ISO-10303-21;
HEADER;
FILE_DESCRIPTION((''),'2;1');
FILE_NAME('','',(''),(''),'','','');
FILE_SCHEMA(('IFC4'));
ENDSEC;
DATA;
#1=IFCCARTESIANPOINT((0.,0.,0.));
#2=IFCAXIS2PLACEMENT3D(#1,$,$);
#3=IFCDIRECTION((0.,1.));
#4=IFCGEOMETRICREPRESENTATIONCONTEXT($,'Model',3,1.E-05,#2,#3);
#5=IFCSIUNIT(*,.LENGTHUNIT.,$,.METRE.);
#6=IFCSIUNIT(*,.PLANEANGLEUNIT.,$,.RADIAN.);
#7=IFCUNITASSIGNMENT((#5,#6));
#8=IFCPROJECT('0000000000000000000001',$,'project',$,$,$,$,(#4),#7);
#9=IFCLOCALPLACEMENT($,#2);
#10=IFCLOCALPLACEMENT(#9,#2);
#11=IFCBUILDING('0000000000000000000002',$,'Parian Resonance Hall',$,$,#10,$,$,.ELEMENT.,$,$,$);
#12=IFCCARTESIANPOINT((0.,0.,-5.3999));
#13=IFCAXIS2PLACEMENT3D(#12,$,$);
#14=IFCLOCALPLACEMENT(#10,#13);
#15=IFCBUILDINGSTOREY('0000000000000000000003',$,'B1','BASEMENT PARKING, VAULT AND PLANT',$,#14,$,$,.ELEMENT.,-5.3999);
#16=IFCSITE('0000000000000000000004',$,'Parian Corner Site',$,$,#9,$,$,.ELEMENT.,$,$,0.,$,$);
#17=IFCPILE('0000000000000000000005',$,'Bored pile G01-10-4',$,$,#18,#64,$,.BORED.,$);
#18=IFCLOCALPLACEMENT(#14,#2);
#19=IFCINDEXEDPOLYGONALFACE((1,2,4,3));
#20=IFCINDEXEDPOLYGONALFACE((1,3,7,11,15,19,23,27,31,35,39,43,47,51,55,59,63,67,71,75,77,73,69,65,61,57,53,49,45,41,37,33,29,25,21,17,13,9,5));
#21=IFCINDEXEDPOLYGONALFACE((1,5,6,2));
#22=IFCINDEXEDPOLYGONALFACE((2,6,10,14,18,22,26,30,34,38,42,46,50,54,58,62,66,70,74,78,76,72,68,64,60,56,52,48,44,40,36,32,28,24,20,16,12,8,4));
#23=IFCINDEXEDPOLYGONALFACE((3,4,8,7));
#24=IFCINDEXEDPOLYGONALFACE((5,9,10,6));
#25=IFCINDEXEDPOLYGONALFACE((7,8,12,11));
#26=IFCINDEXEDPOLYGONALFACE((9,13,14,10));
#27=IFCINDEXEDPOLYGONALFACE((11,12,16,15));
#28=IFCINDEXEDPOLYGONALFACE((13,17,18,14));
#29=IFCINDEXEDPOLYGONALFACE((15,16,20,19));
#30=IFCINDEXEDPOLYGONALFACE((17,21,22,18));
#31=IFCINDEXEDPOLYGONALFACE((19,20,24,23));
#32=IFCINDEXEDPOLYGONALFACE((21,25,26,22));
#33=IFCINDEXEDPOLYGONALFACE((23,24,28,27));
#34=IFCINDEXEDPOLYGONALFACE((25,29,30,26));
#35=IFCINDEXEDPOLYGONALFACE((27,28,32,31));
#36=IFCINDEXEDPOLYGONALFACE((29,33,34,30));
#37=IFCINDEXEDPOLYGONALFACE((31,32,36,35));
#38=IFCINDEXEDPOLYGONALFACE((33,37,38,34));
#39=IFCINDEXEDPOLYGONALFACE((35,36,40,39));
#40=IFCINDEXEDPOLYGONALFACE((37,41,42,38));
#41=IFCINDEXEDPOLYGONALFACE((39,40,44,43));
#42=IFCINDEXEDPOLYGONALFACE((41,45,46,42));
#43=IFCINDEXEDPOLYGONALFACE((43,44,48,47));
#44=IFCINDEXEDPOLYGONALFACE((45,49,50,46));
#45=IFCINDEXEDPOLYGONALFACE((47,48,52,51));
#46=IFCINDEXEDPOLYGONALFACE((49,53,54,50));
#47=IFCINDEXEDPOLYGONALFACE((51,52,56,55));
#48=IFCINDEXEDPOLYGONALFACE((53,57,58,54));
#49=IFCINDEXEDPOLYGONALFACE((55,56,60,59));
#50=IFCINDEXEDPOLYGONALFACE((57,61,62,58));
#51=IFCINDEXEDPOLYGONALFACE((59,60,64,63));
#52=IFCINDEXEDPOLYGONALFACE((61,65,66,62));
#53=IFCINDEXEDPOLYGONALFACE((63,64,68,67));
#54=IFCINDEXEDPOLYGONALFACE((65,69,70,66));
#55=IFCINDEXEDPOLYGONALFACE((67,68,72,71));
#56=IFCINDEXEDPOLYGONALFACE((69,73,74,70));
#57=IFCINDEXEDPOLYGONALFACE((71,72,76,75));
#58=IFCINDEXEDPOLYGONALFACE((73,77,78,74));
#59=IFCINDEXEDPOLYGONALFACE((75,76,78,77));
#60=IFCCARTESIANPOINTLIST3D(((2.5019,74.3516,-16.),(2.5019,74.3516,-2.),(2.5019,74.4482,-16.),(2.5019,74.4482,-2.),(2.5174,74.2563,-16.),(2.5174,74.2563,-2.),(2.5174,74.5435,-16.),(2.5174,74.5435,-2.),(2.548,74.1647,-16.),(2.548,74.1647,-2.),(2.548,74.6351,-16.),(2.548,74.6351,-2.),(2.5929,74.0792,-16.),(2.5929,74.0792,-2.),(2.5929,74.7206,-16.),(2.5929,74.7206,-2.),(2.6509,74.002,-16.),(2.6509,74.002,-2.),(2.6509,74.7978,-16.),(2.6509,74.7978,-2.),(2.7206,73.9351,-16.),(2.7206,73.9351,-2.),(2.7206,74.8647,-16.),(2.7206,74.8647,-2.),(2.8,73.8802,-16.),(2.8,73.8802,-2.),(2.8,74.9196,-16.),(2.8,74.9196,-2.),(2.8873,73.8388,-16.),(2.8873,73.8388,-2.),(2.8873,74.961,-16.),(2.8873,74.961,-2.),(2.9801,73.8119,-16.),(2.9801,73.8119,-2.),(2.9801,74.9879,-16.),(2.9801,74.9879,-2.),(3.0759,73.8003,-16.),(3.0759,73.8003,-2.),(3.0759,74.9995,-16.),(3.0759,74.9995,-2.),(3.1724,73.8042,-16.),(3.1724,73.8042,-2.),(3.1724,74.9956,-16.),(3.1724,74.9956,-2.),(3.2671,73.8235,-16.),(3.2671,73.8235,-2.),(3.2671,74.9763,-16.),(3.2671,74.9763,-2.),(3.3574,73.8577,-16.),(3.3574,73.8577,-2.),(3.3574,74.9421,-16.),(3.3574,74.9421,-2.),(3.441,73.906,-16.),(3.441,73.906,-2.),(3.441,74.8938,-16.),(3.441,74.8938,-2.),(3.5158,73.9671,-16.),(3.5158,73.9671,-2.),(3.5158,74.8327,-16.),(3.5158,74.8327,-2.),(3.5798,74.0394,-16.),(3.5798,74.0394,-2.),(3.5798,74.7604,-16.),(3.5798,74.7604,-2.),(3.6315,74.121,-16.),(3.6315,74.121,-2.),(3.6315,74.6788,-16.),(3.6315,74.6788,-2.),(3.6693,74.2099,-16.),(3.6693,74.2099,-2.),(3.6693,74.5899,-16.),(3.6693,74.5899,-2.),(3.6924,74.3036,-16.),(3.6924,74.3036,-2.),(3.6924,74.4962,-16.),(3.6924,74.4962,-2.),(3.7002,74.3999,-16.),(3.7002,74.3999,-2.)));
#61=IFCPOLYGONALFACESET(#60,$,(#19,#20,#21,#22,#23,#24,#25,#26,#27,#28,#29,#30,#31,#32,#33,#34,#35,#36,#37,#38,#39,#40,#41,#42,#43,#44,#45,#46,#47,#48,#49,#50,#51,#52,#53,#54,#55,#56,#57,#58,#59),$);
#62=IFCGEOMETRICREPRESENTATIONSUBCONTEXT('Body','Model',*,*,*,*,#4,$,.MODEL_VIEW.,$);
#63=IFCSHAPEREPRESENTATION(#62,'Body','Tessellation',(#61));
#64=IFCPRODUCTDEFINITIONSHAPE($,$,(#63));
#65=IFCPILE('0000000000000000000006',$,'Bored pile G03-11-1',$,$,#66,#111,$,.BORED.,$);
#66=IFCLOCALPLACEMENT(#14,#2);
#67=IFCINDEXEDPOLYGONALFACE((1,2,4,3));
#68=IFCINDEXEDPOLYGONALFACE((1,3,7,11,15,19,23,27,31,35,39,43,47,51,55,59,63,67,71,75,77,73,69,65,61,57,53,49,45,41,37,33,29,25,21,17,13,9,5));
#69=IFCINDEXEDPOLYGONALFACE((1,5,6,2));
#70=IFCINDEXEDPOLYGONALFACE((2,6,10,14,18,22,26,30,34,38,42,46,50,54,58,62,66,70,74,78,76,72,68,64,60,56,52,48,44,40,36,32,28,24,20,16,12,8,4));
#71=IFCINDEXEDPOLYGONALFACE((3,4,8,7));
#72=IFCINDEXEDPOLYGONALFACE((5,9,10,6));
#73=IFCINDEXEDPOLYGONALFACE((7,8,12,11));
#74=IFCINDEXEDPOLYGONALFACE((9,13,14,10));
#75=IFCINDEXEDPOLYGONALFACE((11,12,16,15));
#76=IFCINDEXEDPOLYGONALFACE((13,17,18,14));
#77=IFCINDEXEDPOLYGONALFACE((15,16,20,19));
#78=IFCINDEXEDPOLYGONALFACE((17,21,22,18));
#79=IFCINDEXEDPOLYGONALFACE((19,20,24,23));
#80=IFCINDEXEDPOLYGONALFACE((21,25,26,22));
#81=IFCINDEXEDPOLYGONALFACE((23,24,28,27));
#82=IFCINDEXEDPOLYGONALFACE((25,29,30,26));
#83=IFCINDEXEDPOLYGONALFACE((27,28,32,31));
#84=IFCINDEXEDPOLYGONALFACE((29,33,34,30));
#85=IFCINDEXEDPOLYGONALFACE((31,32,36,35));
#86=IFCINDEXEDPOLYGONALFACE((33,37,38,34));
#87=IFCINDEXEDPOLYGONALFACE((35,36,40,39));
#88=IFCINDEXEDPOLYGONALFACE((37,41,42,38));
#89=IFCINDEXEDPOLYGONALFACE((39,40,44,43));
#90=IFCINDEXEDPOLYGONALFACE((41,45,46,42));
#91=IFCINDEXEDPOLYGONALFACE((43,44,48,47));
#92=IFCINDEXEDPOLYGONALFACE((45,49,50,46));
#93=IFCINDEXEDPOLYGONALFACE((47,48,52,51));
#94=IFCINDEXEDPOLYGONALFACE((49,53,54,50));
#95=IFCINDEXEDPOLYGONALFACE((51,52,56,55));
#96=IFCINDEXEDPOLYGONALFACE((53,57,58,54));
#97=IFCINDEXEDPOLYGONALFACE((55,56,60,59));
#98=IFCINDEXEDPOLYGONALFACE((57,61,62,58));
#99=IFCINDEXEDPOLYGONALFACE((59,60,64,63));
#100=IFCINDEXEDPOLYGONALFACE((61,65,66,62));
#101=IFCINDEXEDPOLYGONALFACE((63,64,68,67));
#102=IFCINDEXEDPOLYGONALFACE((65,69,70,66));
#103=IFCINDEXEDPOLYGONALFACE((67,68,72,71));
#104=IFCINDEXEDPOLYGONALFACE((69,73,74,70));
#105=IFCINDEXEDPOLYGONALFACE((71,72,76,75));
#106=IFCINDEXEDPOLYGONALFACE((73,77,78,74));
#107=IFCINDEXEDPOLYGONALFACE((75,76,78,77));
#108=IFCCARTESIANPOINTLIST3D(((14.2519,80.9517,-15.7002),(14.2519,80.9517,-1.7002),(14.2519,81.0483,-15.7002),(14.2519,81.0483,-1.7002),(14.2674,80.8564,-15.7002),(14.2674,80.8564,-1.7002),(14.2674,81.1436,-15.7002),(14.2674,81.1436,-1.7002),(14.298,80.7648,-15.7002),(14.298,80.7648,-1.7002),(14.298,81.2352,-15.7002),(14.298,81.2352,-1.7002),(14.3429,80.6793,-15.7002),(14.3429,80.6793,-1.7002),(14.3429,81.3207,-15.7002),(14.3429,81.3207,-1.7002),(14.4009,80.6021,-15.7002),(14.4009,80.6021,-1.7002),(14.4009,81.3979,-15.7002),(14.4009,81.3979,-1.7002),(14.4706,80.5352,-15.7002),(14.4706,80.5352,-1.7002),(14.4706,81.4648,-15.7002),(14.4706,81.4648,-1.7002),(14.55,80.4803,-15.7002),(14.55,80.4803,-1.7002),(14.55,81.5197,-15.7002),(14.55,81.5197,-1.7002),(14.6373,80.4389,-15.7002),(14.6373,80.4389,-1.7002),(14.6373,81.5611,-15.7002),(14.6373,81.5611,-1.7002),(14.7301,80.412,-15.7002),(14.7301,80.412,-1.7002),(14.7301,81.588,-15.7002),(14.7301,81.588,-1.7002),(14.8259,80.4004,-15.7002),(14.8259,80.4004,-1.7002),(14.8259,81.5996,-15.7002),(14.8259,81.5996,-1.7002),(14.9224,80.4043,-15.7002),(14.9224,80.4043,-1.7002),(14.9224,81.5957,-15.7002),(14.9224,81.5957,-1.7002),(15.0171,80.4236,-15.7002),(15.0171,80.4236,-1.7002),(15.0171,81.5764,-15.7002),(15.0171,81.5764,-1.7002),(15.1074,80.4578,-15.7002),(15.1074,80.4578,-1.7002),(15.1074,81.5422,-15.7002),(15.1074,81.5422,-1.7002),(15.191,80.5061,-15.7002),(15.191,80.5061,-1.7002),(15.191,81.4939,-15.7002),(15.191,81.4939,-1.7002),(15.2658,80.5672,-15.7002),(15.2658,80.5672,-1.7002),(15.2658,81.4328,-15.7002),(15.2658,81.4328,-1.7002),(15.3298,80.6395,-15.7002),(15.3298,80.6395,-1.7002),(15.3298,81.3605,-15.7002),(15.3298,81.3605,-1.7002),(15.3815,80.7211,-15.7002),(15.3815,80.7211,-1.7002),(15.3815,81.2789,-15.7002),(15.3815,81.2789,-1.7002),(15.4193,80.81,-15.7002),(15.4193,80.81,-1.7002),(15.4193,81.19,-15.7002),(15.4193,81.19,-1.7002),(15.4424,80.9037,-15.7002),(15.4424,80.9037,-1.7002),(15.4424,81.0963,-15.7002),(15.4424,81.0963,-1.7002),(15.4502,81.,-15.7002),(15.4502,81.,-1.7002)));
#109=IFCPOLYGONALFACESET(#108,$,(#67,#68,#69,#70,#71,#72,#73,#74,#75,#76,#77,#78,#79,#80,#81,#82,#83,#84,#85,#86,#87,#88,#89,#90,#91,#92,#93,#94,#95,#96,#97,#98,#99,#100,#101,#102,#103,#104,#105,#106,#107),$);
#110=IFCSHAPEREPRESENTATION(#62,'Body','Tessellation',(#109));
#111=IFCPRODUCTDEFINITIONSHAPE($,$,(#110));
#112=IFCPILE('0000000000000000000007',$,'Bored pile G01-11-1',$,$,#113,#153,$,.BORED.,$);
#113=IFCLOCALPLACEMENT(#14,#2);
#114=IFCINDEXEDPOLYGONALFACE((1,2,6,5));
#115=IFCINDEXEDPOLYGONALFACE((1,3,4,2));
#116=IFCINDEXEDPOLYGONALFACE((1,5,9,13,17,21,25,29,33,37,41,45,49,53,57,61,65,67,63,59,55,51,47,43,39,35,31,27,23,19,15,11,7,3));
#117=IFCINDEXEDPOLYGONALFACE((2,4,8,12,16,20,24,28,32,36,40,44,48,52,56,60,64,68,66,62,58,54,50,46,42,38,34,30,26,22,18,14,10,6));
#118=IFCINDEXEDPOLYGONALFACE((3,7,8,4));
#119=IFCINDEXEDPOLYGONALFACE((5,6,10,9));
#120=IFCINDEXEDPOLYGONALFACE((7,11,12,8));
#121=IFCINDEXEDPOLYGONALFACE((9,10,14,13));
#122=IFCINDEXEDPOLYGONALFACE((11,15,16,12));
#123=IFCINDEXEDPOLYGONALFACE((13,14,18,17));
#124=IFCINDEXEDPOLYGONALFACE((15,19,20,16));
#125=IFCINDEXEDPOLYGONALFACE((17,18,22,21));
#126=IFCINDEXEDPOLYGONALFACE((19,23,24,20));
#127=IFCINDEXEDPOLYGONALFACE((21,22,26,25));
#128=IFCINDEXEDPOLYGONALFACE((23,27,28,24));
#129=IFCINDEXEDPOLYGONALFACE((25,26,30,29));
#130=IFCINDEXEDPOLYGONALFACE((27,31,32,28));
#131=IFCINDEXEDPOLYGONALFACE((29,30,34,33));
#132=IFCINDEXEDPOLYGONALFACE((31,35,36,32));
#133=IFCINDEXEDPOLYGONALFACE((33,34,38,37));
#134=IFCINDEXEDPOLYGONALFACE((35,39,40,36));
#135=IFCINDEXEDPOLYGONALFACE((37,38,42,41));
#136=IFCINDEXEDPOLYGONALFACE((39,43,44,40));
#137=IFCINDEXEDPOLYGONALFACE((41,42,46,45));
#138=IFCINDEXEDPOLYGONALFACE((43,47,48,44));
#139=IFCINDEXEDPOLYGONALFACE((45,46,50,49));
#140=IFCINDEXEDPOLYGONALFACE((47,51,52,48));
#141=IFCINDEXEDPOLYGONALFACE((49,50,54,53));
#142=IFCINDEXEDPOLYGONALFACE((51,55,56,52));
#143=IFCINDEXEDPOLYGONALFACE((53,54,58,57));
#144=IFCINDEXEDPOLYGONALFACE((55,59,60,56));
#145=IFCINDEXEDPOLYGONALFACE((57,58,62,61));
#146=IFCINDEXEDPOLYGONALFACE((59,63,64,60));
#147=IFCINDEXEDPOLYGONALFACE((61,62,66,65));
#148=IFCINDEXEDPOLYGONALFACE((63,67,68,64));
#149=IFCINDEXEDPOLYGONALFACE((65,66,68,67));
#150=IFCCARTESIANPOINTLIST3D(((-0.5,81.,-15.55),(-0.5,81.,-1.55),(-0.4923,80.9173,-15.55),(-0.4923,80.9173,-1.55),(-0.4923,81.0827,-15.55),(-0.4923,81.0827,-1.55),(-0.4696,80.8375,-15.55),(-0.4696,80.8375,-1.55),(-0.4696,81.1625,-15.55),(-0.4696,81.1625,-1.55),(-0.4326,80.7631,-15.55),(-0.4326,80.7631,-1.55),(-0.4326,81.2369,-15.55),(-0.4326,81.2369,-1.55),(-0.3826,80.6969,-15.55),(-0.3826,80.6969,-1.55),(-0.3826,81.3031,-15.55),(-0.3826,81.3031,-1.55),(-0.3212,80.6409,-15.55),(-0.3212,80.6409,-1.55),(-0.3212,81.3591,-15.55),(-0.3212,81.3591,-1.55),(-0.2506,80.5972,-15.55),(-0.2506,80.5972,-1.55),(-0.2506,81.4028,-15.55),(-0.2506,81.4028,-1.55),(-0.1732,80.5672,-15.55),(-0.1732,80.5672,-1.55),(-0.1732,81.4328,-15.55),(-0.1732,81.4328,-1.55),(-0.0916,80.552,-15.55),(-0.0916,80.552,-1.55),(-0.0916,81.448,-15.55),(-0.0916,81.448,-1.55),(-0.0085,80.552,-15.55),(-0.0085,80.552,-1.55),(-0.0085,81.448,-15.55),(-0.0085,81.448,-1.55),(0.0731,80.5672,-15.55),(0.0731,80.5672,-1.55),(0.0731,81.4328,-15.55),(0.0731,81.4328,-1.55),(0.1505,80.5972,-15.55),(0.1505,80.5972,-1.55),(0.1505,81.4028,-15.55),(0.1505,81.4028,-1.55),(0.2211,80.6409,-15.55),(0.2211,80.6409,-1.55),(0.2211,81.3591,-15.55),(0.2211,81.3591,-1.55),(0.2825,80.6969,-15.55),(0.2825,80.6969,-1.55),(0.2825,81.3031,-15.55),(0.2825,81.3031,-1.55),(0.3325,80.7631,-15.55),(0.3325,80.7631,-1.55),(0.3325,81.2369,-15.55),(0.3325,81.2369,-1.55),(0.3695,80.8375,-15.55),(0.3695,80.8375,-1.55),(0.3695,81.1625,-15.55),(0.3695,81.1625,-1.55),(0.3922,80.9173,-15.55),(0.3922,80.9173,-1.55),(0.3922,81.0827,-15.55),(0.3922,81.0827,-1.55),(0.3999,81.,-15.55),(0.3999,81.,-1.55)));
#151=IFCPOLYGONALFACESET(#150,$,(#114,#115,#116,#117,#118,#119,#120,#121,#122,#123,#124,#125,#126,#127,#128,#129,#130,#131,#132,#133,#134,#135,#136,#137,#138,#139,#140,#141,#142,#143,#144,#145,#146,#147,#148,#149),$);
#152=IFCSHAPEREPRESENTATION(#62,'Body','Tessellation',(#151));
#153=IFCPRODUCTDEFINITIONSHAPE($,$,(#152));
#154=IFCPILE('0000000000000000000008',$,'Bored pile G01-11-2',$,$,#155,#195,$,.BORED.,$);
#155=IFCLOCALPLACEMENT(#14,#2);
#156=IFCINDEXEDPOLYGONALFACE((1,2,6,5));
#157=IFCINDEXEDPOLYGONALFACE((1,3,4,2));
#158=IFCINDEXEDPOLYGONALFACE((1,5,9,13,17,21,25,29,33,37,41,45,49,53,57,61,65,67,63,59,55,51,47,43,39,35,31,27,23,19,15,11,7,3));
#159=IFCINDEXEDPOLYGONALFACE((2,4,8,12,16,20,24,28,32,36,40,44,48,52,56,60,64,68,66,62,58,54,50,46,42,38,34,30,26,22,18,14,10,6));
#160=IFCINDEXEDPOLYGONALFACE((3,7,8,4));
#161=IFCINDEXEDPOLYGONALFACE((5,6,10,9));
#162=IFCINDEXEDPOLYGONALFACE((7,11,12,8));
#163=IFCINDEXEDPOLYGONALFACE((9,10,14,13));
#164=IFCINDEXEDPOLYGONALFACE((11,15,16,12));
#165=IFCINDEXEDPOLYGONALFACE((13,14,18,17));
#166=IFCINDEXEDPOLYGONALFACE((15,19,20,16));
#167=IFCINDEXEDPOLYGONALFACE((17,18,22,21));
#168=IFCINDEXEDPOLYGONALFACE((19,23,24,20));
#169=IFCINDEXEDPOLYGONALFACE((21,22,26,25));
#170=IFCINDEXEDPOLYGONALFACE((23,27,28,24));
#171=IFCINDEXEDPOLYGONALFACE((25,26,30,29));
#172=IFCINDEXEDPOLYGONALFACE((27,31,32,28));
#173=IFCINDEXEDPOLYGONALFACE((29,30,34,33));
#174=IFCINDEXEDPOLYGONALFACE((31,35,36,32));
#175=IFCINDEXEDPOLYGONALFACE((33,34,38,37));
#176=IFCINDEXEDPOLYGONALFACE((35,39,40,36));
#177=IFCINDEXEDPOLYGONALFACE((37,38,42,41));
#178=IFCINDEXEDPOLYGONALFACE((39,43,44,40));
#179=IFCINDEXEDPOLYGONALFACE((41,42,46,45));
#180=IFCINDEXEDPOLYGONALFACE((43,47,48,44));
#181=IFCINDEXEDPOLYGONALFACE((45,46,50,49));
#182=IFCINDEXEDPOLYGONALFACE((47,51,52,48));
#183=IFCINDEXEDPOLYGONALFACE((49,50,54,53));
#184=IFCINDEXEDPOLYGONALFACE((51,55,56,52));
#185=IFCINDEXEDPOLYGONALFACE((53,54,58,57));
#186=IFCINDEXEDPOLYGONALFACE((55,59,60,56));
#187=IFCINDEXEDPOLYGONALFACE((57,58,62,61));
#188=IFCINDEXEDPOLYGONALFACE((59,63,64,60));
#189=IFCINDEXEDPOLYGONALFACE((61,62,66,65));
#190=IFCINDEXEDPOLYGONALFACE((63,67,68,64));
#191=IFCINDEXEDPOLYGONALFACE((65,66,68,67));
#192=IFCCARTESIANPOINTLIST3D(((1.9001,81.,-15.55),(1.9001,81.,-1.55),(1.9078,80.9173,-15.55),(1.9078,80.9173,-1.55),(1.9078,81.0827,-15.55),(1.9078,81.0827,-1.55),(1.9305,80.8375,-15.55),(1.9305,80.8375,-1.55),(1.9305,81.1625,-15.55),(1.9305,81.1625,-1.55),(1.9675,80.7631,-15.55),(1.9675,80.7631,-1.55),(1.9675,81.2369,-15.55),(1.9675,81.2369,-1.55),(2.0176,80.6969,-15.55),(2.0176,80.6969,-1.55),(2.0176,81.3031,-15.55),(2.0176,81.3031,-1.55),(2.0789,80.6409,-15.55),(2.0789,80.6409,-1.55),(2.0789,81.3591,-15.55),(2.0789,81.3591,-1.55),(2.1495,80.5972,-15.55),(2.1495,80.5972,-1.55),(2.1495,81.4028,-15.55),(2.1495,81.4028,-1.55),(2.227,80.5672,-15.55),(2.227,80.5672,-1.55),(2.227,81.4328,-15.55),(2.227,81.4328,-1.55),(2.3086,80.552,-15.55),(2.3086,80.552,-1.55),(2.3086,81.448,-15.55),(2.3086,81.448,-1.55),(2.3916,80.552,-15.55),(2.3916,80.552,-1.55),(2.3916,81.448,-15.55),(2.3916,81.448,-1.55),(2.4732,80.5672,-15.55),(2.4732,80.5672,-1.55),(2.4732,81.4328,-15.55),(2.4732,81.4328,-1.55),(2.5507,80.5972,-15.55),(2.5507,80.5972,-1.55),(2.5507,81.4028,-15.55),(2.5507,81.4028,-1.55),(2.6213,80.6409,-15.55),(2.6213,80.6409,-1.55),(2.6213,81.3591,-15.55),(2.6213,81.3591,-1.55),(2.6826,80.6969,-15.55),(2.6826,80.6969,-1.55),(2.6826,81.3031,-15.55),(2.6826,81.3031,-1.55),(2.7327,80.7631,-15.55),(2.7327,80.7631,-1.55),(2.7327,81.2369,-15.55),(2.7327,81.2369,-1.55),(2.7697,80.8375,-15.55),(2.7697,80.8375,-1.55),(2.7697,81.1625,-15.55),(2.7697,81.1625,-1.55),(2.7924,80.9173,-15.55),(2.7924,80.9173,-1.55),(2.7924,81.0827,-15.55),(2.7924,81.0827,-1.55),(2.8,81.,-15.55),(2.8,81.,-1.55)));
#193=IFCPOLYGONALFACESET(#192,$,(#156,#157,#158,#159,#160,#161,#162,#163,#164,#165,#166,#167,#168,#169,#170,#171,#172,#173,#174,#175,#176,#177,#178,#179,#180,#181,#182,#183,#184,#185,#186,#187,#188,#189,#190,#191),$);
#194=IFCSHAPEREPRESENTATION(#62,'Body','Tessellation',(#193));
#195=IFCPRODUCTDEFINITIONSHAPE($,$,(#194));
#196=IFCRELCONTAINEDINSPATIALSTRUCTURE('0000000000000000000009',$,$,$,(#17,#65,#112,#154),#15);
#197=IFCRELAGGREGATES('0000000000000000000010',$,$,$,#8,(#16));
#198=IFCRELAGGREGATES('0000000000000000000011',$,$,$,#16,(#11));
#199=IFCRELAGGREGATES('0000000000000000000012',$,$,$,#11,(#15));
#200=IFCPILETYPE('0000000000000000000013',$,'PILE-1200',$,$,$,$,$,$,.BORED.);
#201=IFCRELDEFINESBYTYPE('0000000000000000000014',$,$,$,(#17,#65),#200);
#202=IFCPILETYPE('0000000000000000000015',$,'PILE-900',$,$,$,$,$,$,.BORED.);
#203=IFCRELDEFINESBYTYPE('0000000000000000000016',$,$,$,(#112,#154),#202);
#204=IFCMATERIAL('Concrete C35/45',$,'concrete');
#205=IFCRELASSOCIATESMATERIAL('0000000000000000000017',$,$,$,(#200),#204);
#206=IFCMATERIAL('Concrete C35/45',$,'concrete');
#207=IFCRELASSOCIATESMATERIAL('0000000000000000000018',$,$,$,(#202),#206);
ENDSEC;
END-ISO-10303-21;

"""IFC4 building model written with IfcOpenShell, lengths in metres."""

from ifc_helpers import new_model, si_unit, direction, frame, origin, origin_2d, place, context, subcontext, project, spatial, circle, extrude, material, material_profile, profile_set, type_object, element, save


model = new_model("IFC4")

# Units and contexts
model_context = context("Model", 3, precision=1e-05, world=origin(), true_north=direction((0.0, 1.0)))
body_context = subcontext(model_context, "Body", "Model", "MODEL_VIEW")
ifc_project = project(units=[si_unit("LENGTHUNIT", "METRE"), si_unit("PLANEANGLEUNIT", "RADIAN")], contexts=[model_context])

# Site, building, storey
site_placement = place(None, origin())
site = spatial("IfcSite", under=ifc_project, at=site_placement, Name="Parian Corner Site", CompositionType="ELEMENT", RefElevation=0.0)
building_placement = place(site_placement, origin())
building = spatial("IfcBuilding", under=site, at=building_placement, Name="Parian Resonance Hall", CompositionType="ELEMENT")
storey_placement = place(building_placement, frame((0.0, 0.0, -5.3999)))
storey = spatial("IfcBuildingStorey", under=building, at=storey_placement, Name="B1", Description="BASEMENT PARKING, VAULT AND PLANT", CompositionType="ELEMENT", Elevation=-5.3999)

# Piles
ifc_material_1 = material(Name="Concrete C35/45", Category="concrete")
ifc_material_profile_1 = material_profile(ifc_material_1, circle(Radius=0.6001, at=origin_2d()), Name="PILE-D1200")
ifc_profile_set_1 = profile_set([ifc_material_profile_1], Name="Concrete C35/45")
pile_type_1 = type_object("IfcPileType", Name="PILE-1200", PredefinedType="BORED", material=ifc_profile_set_1)
for number, where, z_axis, x_axis, name in (
    (1, (3.1001, 74.3999, -2.0), (0.0, 0.0, -1.0), (1.0, 0.0, 0.0), "Bored pile G01-10-4"),
    (2, (14.8501, 81.0, -1.7002), (0.0, 0.0, -1.0), (1.0, 0.0, 0.0), "Bored pile G03-11-1"),
):
    element("IfcPile", number, at=place(storey_placement, frame(where, z_axis=z_axis, x_axis=x_axis)), inside=storey, type_object=pile_type_1, Name=name, PredefinedType="BORED", context=body_context, shape_type="SweptSolid", body=[
        extrude(circle(Radius=0.6001, at=origin_2d()), origin(), (0.0, 0.0, 1.0), 14.0),
    ])
ifc_material_2 = material(Name="Concrete C35/45", Category="concrete")
ifc_material_profile_2 = material_profile(ifc_material_2, circle(Radius=0.45, at=origin_2d()), Name="PILE-D900")
ifc_profile_set_2 = profile_set([ifc_material_profile_2], Name="Concrete C35/45")
pile_type_2 = type_object("IfcPileType", Name="PILE-900", PredefinedType="BORED", material=ifc_profile_set_2)
for number, where, z_axis, x_axis, name in (
    (3, (-0.05, 81.0, -1.55), (0.0, 0.0, -1.0), (1.0, 0.0, 0.0), "Bored pile G01-11-1"),
    (4, (2.3501, 81.0, -1.55), (0.0, 0.0, -1.0), (1.0, 0.0, 0.0), "Bored pile G01-11-2"),
):
    element("IfcPile", number, at=place(storey_placement, frame(where, z_axis=z_axis, x_axis=x_axis)), inside=storey, type_object=pile_type_2, Name=name, PredefinedType="BORED", context=body_context, shape_type="SweptSolid", body=[
        extrude(circle(Radius=0.45, at=origin_2d()), origin(), (0.0, 0.0, 1.0), 14.0),
    ])

save(model, "model.ifc")
